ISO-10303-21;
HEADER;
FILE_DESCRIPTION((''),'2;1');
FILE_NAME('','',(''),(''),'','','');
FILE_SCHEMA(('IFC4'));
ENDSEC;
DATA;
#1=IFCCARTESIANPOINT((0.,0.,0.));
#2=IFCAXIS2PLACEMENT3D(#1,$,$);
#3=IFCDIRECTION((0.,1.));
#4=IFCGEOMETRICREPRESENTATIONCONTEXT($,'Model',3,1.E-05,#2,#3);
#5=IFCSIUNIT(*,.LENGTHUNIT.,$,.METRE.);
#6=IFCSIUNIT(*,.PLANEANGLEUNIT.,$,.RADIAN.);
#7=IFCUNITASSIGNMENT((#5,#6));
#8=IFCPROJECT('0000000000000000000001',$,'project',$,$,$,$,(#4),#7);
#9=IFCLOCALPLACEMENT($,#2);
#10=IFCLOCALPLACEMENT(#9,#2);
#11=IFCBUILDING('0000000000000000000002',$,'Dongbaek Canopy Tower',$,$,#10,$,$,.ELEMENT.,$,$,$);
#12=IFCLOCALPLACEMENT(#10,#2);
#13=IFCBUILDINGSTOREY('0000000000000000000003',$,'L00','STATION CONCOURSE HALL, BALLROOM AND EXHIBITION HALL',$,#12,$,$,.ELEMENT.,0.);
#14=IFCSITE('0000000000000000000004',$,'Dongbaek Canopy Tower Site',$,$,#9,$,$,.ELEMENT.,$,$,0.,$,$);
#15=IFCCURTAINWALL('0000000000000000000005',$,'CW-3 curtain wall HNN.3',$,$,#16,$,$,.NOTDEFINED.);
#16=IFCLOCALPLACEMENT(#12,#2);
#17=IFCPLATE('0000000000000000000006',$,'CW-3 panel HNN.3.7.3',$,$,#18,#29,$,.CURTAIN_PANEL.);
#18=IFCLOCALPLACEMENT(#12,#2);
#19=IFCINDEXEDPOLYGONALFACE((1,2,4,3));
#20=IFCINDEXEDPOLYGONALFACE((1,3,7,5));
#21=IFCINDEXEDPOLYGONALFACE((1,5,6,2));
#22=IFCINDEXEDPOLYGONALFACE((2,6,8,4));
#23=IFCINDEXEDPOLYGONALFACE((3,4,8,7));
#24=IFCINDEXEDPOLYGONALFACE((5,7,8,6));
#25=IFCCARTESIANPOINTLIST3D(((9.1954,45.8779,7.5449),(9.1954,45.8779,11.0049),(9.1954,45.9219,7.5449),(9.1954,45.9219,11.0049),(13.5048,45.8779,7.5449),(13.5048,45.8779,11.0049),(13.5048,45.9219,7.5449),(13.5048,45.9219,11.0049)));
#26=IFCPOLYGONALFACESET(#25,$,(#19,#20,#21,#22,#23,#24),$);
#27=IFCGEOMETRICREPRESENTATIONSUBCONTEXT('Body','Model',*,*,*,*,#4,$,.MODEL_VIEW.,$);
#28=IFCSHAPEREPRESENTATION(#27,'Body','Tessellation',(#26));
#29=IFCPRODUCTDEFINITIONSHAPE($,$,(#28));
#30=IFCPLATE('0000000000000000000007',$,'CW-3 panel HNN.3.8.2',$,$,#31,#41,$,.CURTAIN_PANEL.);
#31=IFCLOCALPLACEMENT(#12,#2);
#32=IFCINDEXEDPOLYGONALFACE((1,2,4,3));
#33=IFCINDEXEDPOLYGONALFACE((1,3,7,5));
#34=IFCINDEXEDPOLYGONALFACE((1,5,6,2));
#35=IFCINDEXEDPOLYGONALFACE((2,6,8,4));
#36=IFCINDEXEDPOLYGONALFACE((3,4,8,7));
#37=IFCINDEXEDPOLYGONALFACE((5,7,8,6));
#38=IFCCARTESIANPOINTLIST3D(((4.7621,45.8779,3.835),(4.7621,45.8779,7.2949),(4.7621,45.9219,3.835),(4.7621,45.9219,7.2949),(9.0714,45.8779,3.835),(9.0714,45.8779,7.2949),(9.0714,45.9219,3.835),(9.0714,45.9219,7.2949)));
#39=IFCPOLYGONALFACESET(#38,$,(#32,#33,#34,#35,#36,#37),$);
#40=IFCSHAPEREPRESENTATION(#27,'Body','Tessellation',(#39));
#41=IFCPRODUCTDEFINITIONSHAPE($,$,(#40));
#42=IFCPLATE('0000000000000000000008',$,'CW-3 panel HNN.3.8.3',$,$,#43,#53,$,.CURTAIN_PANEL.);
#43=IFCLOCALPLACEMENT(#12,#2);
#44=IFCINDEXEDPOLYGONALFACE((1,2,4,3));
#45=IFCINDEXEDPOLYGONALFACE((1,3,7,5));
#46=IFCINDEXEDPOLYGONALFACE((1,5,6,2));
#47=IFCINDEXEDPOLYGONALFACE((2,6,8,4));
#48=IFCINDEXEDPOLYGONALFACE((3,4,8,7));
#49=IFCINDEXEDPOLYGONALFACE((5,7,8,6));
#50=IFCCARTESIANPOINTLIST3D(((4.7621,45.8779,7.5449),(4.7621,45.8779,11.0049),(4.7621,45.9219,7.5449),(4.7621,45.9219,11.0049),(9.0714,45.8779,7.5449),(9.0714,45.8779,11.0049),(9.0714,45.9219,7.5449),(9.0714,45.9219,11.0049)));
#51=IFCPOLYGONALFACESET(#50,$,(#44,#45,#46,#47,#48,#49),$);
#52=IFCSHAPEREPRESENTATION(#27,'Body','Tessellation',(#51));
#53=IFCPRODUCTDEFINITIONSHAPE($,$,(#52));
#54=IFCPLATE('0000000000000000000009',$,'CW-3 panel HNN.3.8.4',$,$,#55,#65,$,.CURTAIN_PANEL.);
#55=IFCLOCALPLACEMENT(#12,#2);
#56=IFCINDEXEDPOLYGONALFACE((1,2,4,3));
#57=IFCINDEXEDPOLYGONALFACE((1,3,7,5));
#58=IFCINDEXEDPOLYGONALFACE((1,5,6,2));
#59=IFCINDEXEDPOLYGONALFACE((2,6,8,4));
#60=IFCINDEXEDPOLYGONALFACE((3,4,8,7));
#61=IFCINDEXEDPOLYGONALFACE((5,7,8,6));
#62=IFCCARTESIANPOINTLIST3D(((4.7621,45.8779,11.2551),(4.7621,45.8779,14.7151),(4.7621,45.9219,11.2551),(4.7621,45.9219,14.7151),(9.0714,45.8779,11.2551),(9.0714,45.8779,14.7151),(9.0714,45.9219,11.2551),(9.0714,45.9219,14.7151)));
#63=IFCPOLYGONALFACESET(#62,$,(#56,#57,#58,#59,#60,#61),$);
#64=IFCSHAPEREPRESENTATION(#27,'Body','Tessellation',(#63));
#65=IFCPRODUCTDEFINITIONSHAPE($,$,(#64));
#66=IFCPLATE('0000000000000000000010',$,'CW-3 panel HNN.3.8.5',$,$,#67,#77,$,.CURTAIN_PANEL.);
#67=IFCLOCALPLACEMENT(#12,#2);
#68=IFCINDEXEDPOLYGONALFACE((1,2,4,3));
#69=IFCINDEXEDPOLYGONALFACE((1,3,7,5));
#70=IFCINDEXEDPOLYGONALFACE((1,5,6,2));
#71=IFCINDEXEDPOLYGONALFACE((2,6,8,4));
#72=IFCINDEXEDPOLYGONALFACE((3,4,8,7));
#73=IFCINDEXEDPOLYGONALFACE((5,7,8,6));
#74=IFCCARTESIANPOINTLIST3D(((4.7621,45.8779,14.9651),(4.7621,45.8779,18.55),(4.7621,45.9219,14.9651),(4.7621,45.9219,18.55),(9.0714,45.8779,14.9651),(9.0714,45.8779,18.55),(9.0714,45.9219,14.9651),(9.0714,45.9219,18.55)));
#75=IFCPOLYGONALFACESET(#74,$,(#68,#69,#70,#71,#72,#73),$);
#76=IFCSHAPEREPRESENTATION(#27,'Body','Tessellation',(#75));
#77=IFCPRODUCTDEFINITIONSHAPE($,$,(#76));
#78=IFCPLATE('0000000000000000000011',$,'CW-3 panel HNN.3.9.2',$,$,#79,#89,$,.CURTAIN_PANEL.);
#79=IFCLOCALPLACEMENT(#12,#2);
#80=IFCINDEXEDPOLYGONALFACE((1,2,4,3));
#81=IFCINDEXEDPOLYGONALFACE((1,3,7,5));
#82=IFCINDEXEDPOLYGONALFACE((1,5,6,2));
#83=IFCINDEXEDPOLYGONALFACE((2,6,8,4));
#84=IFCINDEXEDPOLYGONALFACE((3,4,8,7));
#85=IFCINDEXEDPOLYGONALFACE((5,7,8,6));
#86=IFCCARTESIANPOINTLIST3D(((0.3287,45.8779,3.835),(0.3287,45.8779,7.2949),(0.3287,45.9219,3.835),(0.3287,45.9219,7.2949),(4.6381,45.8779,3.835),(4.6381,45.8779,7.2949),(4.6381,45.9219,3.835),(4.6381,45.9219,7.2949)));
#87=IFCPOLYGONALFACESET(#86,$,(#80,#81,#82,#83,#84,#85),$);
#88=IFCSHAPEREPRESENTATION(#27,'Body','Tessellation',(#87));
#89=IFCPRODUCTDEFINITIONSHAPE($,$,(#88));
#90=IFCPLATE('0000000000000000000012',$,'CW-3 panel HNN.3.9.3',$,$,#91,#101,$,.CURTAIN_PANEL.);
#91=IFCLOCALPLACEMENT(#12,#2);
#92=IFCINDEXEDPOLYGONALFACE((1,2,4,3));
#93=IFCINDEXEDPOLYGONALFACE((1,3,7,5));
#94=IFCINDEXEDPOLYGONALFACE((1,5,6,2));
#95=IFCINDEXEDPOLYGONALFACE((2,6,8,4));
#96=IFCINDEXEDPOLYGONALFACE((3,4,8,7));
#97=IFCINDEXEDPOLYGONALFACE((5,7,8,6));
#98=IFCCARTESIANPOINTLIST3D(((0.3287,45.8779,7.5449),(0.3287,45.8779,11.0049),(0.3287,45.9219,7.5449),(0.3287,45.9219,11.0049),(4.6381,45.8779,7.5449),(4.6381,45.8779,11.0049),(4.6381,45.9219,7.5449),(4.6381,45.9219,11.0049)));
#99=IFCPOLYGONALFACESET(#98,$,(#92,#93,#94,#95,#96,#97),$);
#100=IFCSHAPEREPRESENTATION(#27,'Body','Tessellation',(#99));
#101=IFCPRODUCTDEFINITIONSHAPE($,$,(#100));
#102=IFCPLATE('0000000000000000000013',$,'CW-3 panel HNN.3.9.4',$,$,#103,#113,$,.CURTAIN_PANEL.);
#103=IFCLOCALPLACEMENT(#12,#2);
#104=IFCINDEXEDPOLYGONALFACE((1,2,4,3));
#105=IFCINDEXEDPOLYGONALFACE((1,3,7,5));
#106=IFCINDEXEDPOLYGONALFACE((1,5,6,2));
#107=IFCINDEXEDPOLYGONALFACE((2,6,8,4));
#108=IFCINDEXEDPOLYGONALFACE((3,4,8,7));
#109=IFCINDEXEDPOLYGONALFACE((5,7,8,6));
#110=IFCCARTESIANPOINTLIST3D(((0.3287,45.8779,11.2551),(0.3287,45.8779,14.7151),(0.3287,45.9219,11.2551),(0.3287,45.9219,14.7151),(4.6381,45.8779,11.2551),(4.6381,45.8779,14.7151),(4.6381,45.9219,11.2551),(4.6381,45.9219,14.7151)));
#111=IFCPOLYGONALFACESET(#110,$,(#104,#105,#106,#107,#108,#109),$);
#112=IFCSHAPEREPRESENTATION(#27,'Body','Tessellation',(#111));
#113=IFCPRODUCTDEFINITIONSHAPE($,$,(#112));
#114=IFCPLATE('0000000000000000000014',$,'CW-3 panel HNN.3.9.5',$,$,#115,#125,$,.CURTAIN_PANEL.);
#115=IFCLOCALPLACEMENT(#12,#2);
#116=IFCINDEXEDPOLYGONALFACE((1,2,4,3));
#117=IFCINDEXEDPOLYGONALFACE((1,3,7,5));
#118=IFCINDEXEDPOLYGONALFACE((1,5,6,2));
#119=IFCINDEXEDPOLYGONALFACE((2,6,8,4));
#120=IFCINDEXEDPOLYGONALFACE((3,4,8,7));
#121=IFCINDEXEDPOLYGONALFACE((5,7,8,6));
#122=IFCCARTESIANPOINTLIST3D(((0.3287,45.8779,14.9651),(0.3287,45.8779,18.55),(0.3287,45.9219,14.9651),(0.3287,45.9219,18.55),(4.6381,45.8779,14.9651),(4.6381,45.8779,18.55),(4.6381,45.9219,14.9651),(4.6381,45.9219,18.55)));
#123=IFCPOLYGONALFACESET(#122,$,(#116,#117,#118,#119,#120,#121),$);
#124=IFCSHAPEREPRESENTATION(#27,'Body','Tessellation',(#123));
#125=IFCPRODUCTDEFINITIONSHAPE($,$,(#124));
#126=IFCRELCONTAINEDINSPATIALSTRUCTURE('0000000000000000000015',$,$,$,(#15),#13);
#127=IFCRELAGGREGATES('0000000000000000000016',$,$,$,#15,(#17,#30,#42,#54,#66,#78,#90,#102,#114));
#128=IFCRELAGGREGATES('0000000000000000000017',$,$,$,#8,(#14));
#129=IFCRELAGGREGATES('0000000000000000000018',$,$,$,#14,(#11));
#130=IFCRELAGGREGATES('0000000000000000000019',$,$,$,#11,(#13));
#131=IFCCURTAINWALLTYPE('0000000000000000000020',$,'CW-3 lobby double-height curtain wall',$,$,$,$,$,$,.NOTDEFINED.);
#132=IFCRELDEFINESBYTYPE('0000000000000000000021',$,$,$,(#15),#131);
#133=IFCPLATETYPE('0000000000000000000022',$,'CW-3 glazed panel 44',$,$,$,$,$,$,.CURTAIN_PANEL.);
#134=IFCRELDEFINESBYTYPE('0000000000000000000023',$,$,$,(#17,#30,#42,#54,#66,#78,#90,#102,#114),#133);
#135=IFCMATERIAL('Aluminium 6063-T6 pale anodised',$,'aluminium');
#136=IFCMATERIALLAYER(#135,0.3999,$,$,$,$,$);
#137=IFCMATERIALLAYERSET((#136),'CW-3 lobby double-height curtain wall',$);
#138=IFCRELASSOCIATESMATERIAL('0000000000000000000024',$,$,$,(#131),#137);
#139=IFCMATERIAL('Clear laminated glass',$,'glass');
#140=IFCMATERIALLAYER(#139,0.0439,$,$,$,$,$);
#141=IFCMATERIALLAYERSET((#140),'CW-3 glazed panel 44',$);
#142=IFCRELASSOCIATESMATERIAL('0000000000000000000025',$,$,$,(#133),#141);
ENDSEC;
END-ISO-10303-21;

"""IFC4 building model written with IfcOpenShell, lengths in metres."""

from ifc_helpers import new_model, si_unit, direction, frame, origin, origin_2d, place, context, subcontext, project, spatial, rectangle, extrude, material, layer, layer_set, type_object, element, aggregate, save


model = new_model("IFC4")

# Units and contexts
model_context = context("Model", 3, precision=1e-05, world=origin(), true_north=direction((0.0, 1.0)))
body_context = subcontext(model_context, "Body", "Model", "MODEL_VIEW")
ifc_project = project(units=[si_unit("LENGTHUNIT", "METRE"), si_unit("PLANEANGLEUNIT", "RADIAN")], contexts=[model_context])

# Site, building, storey
site_placement = place(None, origin())
site = spatial("IfcSite", under=ifc_project, at=site_placement, Name="Dongbaek Canopy Tower Site", CompositionType="ELEMENT", RefElevation=0.0)
building_placement = place(site_placement, origin())
building = spatial("IfcBuilding", under=site, at=building_placement, Name="Dongbaek Canopy Tower", CompositionType="ELEMENT")
storey_placement = place(building_placement, origin())
storey = spatial("IfcBuildingStorey", under=building, at=storey_placement, Name="L00", Description="STATION CONCOURSE HALL, BALLROOM AND EXHIBITION HALL", CompositionType="ELEMENT", Elevation=0.0)

# Curtain wall
ifc_material_1 = material(Name="Aluminium 6063-T6 pale anodised", Category="aluminium")
ifc_layer_1 = layer(ifc_material_1, 0.3999)
ifc_layer_set_1 = layer_set([ifc_layer_1], Name="CW-3 lobby double-height curtain wall")
curtain_wall_type = type_object("IfcCurtainWallType", Name="CW-3 lobby double-height curtain wall", PredefinedType="NOTDEFINED", material=ifc_layer_set_1)
curtain_wall_1_placement = place(storey_placement, origin())
curtain_wall_1 = element("IfcCurtainWall", 1, at=curtain_wall_1_placement, inside=storey, type_object=curtain_wall_type, Name="CW-3 curtain wall HNN.3", PredefinedType="NOTDEFINED")

# Plates
ifc_material_2 = material(Name="Clear laminated glass", Category="glass")
ifc_layer_2 = layer(ifc_material_2, 0.0439)
ifc_layer_set_2 = layer_set([ifc_layer_2], Name="CW-3 glazed panel 44")
plate_type = type_object("IfcPlateType", Name="CW-3 glazed panel 44", PredefinedType="CURTAIN_PANEL", material=ifc_layer_set_2)
plate_1_placement = place(storey_placement, frame((11.3501, 45.8999, 7.5449), z_axis=(0.0, 0.0, 1.0), x_axis=(-1.0, 0.0, 0.0)))
plate_1 = element("IfcPlate", 2, at=plate_1_placement, type_object=plate_type, Name="CW-3 panel HNN.3.7.3", PredefinedType="CURTAIN_PANEL", context=body_context, shape_type="SweptSolid", body=[
    extrude(rectangle(XDim=4.3093, YDim=0.0439, at=origin_2d()), origin(), (0.0, 0.0, 1.0), 3.46),
])
plate_2_placement = place(storey_placement, frame((6.9167, 45.8999, 3.835), z_axis=(0.0, 0.0, 1.0), x_axis=(-1.0, 0.0, 0.0)))
plate_2 = element("IfcPlate", 3, at=plate_2_placement, type_object=plate_type, Name="CW-3 panel HNN.3.8.2", PredefinedType="CURTAIN_PANEL", context=body_context, shape_type="SweptSolid", body=[
    extrude(rectangle(XDim=4.3093, YDim=0.0439, at=origin_2d()), origin(), (0.0, 0.0, 1.0), 3.46),
])
plate_3_placement = place(storey_placement, frame((6.9167, 45.8999, 7.5449), z_axis=(0.0, 0.0, 1.0), x_axis=(-1.0, 0.0, 0.0)))
plate_3 = element("IfcPlate", 4, at=plate_3_placement, type_object=plate_type, Name="CW-3 panel HNN.3.8.3", PredefinedType="CURTAIN_PANEL", context=body_context, shape_type="SweptSolid", body=[
    extrude(rectangle(XDim=4.3093, YDim=0.0439, at=origin_2d()), origin(), (0.0, 0.0, 1.0), 3.46),
])
plate_4_placement = place(storey_placement, frame((6.9167, 45.8999, 11.2551), z_axis=(0.0, 0.0, 1.0), x_axis=(-1.0, 0.0, 0.0)))
plate_4 = element("IfcPlate", 5, at=plate_4_placement, type_object=plate_type, Name="CW-3 panel HNN.3.8.4", PredefinedType="CURTAIN_PANEL", context=body_context, shape_type="SweptSolid", body=[
    extrude(rectangle(XDim=4.3093, YDim=0.0439, at=origin_2d()), origin(), (0.0, 0.0, 1.0), 3.46),
])
plate_5_placement = place(storey_placement, frame((6.9167, 45.8999, 14.9651), z_axis=(0.0, 0.0, 1.0), x_axis=(-1.0, 0.0, 0.0)))
plate_5 = element("IfcPlate", 6, at=plate_5_placement, type_object=plate_type, Name="CW-3 panel HNN.3.8.5", PredefinedType="CURTAIN_PANEL", context=body_context, shape_type="SweptSolid", body=[
    extrude(rectangle(XDim=4.3093, YDim=0.0439, at=origin_2d()), origin(), (0.0, 0.0, 1.0), 3.585),
])
plate_6_placement = place(storey_placement, frame((2.4834, 45.8999, 3.835), z_axis=(0.0, 0.0, 1.0), x_axis=(-1.0, 0.0, 0.0)))
plate_6 = element("IfcPlate", 7, at=plate_6_placement, type_object=plate_type, Name="CW-3 panel HNN.3.9.2", PredefinedType="CURTAIN_PANEL", context=body_context, shape_type="SweptSolid", body=[
    extrude(rectangle(XDim=4.3093, YDim=0.0439, at=origin_2d()), origin(), (0.0, 0.0, 1.0), 3.46),
])
plate_7_placement = place(storey_placement, frame((2.4834, 45.8999, 7.5449), z_axis=(0.0, 0.0, 1.0), x_axis=(-1.0, 0.0, 0.0)))
plate_7 = element("IfcPlate", 8, at=plate_7_placement, type_object=plate_type, Name="CW-3 panel HNN.3.9.3", PredefinedType="CURTAIN_PANEL", context=body_context, shape_type="SweptSolid", body=[
    extrude(rectangle(XDim=4.3093, YDim=0.0439, at=origin_2d()), origin(), (0.0, 0.0, 1.0), 3.46),
])
plate_8_placement = place(storey_placement, frame((2.4834, 45.8999, 11.2551), z_axis=(0.0, 0.0, 1.0), x_axis=(-1.0, 0.0, 0.0)))
plate_8 = element("IfcPlate", 9, at=plate_8_placement, type_object=plate_type, Name="CW-3 panel HNN.3.9.4", PredefinedType="CURTAIN_PANEL", context=body_context, shape_type="SweptSolid", body=[
    extrude(rectangle(XDim=4.3093, YDim=0.0439, at=origin_2d()), origin(), (0.0, 0.0, 1.0), 3.46),
])
plate_9_placement = place(storey_placement, frame((2.4834, 45.8999, 14.9651), z_axis=(0.0, 0.0, 1.0), x_axis=(-1.0, 0.0, 0.0)))
plate_9 = element("IfcPlate", 10, at=plate_9_placement, type_object=plate_type, Name="CW-3 panel HNN.3.9.5", PredefinedType="CURTAIN_PANEL", context=body_context, shape_type="SweptSolid", body=[
    extrude(rectangle(XDim=4.3093, YDim=0.0439, at=origin_2d()), origin(), (0.0, 0.0, 1.0), 3.585),
])
aggregate(curtain_wall_1, [plate_1, plate_2, plate_3, plate_4, plate_5, plate_6, plate_7, plate_8, plate_9])

save(model, "model.ifc")
